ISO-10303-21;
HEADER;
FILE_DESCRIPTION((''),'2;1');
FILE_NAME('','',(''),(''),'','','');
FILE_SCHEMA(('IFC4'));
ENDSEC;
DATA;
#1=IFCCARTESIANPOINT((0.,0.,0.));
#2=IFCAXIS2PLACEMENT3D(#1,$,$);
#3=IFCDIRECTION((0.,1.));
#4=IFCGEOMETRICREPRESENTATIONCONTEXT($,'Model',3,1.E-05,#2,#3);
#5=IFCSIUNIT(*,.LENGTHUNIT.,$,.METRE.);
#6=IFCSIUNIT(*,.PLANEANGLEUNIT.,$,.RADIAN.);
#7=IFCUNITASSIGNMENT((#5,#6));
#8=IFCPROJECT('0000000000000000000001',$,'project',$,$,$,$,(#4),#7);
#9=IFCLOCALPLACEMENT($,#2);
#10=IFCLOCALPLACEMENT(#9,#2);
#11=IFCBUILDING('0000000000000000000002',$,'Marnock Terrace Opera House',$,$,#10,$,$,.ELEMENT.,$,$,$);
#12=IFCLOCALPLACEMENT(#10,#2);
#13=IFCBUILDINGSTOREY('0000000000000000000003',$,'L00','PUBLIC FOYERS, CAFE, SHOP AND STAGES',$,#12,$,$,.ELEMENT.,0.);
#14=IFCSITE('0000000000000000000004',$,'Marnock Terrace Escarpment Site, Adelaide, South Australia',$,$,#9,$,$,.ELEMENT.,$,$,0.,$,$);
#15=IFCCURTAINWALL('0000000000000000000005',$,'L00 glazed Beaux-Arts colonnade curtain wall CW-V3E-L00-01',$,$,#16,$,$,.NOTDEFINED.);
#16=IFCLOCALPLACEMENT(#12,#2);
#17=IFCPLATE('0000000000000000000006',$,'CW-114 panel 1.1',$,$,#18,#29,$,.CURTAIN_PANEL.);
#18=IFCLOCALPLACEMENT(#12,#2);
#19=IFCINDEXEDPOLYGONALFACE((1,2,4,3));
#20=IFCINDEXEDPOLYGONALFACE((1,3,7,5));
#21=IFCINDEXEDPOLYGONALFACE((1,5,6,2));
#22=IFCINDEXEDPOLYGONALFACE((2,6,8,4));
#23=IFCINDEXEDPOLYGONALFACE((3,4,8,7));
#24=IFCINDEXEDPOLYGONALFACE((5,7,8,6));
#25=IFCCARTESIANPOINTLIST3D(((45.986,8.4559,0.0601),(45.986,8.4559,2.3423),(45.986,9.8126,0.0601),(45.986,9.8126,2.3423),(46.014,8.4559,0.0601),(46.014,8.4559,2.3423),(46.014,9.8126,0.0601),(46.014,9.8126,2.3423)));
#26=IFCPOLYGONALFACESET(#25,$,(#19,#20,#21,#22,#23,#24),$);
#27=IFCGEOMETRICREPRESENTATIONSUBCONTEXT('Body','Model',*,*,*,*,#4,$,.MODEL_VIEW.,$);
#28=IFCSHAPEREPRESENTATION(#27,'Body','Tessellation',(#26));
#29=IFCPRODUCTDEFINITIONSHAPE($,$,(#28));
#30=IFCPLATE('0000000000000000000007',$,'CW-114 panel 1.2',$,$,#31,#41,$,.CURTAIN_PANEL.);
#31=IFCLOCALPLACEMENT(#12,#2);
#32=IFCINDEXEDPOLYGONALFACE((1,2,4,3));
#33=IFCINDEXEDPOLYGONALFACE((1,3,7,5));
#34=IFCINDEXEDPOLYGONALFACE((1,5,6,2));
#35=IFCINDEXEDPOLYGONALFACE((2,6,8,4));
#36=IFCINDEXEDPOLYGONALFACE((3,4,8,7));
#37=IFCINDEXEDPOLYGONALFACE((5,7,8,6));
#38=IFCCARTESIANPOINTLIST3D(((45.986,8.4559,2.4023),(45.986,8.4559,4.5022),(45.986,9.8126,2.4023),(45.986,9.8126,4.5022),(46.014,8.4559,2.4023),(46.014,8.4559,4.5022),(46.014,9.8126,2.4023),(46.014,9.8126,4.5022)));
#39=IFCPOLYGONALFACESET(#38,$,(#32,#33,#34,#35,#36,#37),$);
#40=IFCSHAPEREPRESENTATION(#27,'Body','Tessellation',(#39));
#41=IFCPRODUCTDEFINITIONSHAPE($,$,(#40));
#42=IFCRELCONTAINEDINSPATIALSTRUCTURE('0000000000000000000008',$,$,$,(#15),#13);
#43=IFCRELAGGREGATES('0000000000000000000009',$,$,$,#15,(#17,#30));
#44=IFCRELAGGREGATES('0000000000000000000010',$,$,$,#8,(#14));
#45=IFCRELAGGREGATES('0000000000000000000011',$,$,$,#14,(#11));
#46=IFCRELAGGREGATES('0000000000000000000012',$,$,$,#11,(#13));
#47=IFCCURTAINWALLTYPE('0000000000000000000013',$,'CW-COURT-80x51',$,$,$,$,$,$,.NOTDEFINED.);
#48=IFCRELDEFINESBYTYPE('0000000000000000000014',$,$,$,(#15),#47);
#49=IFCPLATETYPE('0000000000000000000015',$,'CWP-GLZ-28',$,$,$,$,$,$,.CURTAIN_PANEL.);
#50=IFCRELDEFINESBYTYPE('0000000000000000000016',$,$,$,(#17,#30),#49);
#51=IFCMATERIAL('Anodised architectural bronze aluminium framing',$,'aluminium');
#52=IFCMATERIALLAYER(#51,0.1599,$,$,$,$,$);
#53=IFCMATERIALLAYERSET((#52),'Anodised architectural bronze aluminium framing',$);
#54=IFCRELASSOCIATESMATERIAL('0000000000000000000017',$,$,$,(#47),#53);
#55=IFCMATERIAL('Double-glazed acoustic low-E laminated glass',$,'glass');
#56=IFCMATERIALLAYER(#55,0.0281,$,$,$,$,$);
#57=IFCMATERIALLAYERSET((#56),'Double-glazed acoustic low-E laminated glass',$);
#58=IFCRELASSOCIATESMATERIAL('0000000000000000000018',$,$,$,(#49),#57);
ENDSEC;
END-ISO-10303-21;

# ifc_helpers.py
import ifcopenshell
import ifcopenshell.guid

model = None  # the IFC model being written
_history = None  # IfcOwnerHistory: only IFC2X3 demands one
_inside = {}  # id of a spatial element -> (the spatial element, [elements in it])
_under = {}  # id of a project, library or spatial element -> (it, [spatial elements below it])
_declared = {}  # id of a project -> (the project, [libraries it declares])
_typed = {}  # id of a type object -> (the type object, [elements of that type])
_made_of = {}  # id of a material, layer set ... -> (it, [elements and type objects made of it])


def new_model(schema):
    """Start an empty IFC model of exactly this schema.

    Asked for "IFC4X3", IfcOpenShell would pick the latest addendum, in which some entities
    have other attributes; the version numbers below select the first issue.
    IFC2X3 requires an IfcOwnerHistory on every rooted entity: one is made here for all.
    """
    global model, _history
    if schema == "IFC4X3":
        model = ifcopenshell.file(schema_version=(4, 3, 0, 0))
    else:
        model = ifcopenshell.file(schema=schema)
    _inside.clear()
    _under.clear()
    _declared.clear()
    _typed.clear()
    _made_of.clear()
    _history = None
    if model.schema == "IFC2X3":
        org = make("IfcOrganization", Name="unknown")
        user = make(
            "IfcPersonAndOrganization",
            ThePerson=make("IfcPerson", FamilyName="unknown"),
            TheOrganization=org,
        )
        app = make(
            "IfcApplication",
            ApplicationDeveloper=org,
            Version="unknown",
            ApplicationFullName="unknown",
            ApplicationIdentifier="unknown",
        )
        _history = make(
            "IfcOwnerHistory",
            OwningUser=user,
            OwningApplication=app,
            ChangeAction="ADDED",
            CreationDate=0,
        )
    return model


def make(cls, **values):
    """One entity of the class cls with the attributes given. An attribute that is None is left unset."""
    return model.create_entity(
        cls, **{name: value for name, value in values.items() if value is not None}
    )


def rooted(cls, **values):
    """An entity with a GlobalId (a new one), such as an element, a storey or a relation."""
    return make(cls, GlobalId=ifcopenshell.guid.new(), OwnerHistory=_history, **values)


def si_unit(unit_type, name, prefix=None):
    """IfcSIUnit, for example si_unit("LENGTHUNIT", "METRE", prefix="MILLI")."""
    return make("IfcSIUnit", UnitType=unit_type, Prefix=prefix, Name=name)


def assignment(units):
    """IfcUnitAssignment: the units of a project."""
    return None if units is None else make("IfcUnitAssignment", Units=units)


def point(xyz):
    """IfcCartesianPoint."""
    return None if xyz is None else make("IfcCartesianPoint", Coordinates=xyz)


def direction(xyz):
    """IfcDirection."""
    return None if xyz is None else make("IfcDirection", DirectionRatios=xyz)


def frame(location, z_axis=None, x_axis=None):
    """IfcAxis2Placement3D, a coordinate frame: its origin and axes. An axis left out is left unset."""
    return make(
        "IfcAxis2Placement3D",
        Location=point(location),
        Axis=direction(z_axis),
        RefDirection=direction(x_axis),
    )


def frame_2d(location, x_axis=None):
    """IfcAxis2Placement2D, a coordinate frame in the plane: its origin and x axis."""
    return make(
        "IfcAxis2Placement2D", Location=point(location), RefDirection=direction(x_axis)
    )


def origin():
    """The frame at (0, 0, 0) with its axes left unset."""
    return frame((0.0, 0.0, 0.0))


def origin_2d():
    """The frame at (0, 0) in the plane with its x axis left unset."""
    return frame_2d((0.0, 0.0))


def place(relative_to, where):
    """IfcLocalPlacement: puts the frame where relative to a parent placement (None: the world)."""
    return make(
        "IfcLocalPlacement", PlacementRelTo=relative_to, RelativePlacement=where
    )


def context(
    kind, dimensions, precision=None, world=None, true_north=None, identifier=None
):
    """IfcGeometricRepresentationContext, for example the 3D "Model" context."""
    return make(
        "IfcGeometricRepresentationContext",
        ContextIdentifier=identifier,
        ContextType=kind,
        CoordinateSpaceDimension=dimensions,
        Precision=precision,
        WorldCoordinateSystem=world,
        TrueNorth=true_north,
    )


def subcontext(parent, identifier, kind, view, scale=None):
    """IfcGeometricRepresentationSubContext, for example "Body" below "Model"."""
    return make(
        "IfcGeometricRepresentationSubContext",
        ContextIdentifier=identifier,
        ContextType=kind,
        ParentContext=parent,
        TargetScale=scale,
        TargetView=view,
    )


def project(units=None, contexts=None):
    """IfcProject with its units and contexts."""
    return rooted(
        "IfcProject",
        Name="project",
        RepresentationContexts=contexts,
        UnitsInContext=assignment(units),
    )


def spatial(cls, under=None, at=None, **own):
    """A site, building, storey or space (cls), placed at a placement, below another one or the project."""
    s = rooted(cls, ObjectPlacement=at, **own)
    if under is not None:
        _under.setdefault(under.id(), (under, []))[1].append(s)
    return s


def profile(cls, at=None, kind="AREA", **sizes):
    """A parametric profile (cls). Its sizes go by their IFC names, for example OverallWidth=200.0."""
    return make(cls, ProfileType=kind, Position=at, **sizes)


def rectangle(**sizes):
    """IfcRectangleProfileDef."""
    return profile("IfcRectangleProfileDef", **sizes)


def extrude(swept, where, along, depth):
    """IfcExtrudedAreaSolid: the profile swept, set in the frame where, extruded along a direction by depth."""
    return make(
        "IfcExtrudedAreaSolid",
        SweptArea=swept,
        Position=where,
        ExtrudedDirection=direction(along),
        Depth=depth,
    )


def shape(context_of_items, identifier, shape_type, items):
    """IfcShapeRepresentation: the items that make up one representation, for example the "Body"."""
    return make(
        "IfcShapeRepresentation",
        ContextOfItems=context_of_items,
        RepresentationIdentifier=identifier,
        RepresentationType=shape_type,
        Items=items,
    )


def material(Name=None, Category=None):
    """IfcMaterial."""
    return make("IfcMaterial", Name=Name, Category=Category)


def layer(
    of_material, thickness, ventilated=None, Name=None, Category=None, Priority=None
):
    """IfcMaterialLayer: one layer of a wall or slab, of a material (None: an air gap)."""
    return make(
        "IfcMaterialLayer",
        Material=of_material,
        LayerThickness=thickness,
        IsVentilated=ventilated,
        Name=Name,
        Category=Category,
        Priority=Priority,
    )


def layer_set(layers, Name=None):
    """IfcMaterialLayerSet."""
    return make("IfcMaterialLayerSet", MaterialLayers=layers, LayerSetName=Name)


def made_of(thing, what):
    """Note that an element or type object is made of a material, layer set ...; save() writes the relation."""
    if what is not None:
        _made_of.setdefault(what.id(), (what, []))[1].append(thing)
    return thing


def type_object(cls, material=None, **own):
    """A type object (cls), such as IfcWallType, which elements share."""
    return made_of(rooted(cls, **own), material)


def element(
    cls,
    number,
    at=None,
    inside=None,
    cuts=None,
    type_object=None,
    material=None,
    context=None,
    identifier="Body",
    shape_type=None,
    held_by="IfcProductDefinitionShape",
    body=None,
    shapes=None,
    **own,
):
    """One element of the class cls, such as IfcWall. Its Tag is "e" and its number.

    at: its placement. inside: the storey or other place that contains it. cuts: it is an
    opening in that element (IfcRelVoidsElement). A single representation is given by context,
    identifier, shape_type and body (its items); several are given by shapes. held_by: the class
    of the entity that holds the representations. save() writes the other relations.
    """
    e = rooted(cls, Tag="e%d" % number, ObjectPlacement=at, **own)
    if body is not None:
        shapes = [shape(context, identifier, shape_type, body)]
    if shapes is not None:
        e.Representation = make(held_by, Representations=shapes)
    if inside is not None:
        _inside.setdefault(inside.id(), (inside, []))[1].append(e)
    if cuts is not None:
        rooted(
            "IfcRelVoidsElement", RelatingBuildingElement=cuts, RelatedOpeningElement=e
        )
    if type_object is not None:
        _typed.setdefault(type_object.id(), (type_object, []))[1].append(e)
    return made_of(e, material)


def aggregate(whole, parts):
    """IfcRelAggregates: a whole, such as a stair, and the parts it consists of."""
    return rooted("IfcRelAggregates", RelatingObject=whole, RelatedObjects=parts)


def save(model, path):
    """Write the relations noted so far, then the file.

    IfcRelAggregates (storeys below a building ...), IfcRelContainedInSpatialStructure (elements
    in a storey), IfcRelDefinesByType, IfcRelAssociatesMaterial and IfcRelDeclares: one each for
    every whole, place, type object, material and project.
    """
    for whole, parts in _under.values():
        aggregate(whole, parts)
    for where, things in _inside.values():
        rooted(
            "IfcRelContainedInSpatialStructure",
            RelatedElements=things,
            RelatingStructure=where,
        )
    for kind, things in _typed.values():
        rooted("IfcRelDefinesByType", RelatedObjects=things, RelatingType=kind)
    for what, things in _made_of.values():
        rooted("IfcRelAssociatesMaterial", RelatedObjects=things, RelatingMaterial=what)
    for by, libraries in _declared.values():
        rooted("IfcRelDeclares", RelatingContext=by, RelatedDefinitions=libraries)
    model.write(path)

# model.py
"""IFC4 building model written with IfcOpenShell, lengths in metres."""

from ifc_helpers import new_model, si_unit, direction, frame, origin, origin_2d, place, context, subcontext, project, spatial, rectangle, extrude, material, layer, layer_set, type_object, element, aggregate, save


model = new_model("IFC4")

# Units and contexts
model_context = context("Model", 3, precision=1e-05, world=origin(), true_north=direction((0.0, 1.0)))
body_context = subcontext(model_context, "Body", "Model", "MODEL_VIEW")
ifc_project = project(units=[si_unit("LENGTHUNIT", "METRE"), si_unit("PLANEANGLEUNIT", "RADIAN")], contexts=[model_context])

# Site, building, storey
site_placement = place(None, origin())
site = spatial("IfcSite", under=ifc_project, at=site_placement, Name="Marnock Terrace Escarpment Site, Adelaide, South Australia", CompositionType="ELEMENT", RefElevation=0.0)
building_placement = place(site_placement, origin())
building = spatial("IfcBuilding", under=site, at=building_placement, Name="Marnock Terrace Opera House", CompositionType="ELEMENT")
storey_placement = place(building_placement, origin())
storey = spatial("IfcBuildingStorey", under=building, at=storey_placement, Name="L00", Description="PUBLIC FOYERS, CAFE, SHOP AND STAGES", CompositionType="ELEMENT", Elevation=0.0)

# Curtain wall, plates
ifc_material_1 = material(Name="Anodised architectural bronze aluminium framing", Category="aluminium")
ifc_layer_1 = layer(ifc_material_1, 0.1599)
ifc_layer_set_1 = layer_set([ifc_layer_1], Name="Anodised architectural bronze aluminium framing")
curtain_wall_type = type_object("IfcCurtainWallType", Name="CW-COURT-80x51", PredefinedType="NOTDEFINED", material=ifc_layer_set_1)
curtain_wall_placement = place(storey_placement, origin())
curtain_wall = element("IfcCurtainWall", 1, at=curtain_wall_placement, inside=storey, type_object=curtain_wall_type, Name="L00 glazed Beaux-Arts colonnade curtain wall CW-V3E-L00-01", PredefinedType="NOTDEFINED")
ifc_material_2 = material(Name="Double-glazed acoustic low-E laminated glass", Category="glass")
ifc_layer_2 = layer(ifc_material_2, 0.0281)
ifc_layer_set_2 = layer_set([ifc_layer_2], Name="Double-glazed acoustic low-E laminated glass")
plate_type = type_object("IfcPlateType", Name="CWP-GLZ-28", PredefinedType="CURTAIN_PANEL", material=ifc_layer_set_2)
plate_1_placement = place(storey_placement, frame((46.0, 9.1343, 0.0601), z_axis=(0.0, 0.0, 1.0), x_axis=(0.0, 1.0, 0.0)))
plate_1 = element("IfcPlate", 2, at=plate_1_placement, type_object=plate_type, Name="CW-114 panel 1.1", PredefinedType="CURTAIN_PANEL", context=body_context, shape_type="SweptSolid", body=[
    extrude(rectangle(XDim=1.3567, YDim=0.0281, at=origin_2d()), origin(), (0.0, 0.0, 1.0), 2.2822),
])
plate_2_placement = place(storey_placement, frame((46.0, 9.1343, 2.4023), z_axis=(0.0, 0.0, 1.0), x_axis=(0.0, 1.0, 0.0)))
plate_2 = element("IfcPlate", 3, at=plate_2_placement, type_object=plate_type, Name="CW-114 panel 1.2", PredefinedType="CURTAIN_PANEL", context=body_context, shape_type="SweptSolid", body=[
    extrude(rectangle(XDim=1.3567, YDim=0.0281, at=origin_2d()), origin(), (0.0, 0.0, 1.0), 2.0999),
])
aggregate(curtain_wall, [plate_1, plate_2])

save(model, "model.ifc")
